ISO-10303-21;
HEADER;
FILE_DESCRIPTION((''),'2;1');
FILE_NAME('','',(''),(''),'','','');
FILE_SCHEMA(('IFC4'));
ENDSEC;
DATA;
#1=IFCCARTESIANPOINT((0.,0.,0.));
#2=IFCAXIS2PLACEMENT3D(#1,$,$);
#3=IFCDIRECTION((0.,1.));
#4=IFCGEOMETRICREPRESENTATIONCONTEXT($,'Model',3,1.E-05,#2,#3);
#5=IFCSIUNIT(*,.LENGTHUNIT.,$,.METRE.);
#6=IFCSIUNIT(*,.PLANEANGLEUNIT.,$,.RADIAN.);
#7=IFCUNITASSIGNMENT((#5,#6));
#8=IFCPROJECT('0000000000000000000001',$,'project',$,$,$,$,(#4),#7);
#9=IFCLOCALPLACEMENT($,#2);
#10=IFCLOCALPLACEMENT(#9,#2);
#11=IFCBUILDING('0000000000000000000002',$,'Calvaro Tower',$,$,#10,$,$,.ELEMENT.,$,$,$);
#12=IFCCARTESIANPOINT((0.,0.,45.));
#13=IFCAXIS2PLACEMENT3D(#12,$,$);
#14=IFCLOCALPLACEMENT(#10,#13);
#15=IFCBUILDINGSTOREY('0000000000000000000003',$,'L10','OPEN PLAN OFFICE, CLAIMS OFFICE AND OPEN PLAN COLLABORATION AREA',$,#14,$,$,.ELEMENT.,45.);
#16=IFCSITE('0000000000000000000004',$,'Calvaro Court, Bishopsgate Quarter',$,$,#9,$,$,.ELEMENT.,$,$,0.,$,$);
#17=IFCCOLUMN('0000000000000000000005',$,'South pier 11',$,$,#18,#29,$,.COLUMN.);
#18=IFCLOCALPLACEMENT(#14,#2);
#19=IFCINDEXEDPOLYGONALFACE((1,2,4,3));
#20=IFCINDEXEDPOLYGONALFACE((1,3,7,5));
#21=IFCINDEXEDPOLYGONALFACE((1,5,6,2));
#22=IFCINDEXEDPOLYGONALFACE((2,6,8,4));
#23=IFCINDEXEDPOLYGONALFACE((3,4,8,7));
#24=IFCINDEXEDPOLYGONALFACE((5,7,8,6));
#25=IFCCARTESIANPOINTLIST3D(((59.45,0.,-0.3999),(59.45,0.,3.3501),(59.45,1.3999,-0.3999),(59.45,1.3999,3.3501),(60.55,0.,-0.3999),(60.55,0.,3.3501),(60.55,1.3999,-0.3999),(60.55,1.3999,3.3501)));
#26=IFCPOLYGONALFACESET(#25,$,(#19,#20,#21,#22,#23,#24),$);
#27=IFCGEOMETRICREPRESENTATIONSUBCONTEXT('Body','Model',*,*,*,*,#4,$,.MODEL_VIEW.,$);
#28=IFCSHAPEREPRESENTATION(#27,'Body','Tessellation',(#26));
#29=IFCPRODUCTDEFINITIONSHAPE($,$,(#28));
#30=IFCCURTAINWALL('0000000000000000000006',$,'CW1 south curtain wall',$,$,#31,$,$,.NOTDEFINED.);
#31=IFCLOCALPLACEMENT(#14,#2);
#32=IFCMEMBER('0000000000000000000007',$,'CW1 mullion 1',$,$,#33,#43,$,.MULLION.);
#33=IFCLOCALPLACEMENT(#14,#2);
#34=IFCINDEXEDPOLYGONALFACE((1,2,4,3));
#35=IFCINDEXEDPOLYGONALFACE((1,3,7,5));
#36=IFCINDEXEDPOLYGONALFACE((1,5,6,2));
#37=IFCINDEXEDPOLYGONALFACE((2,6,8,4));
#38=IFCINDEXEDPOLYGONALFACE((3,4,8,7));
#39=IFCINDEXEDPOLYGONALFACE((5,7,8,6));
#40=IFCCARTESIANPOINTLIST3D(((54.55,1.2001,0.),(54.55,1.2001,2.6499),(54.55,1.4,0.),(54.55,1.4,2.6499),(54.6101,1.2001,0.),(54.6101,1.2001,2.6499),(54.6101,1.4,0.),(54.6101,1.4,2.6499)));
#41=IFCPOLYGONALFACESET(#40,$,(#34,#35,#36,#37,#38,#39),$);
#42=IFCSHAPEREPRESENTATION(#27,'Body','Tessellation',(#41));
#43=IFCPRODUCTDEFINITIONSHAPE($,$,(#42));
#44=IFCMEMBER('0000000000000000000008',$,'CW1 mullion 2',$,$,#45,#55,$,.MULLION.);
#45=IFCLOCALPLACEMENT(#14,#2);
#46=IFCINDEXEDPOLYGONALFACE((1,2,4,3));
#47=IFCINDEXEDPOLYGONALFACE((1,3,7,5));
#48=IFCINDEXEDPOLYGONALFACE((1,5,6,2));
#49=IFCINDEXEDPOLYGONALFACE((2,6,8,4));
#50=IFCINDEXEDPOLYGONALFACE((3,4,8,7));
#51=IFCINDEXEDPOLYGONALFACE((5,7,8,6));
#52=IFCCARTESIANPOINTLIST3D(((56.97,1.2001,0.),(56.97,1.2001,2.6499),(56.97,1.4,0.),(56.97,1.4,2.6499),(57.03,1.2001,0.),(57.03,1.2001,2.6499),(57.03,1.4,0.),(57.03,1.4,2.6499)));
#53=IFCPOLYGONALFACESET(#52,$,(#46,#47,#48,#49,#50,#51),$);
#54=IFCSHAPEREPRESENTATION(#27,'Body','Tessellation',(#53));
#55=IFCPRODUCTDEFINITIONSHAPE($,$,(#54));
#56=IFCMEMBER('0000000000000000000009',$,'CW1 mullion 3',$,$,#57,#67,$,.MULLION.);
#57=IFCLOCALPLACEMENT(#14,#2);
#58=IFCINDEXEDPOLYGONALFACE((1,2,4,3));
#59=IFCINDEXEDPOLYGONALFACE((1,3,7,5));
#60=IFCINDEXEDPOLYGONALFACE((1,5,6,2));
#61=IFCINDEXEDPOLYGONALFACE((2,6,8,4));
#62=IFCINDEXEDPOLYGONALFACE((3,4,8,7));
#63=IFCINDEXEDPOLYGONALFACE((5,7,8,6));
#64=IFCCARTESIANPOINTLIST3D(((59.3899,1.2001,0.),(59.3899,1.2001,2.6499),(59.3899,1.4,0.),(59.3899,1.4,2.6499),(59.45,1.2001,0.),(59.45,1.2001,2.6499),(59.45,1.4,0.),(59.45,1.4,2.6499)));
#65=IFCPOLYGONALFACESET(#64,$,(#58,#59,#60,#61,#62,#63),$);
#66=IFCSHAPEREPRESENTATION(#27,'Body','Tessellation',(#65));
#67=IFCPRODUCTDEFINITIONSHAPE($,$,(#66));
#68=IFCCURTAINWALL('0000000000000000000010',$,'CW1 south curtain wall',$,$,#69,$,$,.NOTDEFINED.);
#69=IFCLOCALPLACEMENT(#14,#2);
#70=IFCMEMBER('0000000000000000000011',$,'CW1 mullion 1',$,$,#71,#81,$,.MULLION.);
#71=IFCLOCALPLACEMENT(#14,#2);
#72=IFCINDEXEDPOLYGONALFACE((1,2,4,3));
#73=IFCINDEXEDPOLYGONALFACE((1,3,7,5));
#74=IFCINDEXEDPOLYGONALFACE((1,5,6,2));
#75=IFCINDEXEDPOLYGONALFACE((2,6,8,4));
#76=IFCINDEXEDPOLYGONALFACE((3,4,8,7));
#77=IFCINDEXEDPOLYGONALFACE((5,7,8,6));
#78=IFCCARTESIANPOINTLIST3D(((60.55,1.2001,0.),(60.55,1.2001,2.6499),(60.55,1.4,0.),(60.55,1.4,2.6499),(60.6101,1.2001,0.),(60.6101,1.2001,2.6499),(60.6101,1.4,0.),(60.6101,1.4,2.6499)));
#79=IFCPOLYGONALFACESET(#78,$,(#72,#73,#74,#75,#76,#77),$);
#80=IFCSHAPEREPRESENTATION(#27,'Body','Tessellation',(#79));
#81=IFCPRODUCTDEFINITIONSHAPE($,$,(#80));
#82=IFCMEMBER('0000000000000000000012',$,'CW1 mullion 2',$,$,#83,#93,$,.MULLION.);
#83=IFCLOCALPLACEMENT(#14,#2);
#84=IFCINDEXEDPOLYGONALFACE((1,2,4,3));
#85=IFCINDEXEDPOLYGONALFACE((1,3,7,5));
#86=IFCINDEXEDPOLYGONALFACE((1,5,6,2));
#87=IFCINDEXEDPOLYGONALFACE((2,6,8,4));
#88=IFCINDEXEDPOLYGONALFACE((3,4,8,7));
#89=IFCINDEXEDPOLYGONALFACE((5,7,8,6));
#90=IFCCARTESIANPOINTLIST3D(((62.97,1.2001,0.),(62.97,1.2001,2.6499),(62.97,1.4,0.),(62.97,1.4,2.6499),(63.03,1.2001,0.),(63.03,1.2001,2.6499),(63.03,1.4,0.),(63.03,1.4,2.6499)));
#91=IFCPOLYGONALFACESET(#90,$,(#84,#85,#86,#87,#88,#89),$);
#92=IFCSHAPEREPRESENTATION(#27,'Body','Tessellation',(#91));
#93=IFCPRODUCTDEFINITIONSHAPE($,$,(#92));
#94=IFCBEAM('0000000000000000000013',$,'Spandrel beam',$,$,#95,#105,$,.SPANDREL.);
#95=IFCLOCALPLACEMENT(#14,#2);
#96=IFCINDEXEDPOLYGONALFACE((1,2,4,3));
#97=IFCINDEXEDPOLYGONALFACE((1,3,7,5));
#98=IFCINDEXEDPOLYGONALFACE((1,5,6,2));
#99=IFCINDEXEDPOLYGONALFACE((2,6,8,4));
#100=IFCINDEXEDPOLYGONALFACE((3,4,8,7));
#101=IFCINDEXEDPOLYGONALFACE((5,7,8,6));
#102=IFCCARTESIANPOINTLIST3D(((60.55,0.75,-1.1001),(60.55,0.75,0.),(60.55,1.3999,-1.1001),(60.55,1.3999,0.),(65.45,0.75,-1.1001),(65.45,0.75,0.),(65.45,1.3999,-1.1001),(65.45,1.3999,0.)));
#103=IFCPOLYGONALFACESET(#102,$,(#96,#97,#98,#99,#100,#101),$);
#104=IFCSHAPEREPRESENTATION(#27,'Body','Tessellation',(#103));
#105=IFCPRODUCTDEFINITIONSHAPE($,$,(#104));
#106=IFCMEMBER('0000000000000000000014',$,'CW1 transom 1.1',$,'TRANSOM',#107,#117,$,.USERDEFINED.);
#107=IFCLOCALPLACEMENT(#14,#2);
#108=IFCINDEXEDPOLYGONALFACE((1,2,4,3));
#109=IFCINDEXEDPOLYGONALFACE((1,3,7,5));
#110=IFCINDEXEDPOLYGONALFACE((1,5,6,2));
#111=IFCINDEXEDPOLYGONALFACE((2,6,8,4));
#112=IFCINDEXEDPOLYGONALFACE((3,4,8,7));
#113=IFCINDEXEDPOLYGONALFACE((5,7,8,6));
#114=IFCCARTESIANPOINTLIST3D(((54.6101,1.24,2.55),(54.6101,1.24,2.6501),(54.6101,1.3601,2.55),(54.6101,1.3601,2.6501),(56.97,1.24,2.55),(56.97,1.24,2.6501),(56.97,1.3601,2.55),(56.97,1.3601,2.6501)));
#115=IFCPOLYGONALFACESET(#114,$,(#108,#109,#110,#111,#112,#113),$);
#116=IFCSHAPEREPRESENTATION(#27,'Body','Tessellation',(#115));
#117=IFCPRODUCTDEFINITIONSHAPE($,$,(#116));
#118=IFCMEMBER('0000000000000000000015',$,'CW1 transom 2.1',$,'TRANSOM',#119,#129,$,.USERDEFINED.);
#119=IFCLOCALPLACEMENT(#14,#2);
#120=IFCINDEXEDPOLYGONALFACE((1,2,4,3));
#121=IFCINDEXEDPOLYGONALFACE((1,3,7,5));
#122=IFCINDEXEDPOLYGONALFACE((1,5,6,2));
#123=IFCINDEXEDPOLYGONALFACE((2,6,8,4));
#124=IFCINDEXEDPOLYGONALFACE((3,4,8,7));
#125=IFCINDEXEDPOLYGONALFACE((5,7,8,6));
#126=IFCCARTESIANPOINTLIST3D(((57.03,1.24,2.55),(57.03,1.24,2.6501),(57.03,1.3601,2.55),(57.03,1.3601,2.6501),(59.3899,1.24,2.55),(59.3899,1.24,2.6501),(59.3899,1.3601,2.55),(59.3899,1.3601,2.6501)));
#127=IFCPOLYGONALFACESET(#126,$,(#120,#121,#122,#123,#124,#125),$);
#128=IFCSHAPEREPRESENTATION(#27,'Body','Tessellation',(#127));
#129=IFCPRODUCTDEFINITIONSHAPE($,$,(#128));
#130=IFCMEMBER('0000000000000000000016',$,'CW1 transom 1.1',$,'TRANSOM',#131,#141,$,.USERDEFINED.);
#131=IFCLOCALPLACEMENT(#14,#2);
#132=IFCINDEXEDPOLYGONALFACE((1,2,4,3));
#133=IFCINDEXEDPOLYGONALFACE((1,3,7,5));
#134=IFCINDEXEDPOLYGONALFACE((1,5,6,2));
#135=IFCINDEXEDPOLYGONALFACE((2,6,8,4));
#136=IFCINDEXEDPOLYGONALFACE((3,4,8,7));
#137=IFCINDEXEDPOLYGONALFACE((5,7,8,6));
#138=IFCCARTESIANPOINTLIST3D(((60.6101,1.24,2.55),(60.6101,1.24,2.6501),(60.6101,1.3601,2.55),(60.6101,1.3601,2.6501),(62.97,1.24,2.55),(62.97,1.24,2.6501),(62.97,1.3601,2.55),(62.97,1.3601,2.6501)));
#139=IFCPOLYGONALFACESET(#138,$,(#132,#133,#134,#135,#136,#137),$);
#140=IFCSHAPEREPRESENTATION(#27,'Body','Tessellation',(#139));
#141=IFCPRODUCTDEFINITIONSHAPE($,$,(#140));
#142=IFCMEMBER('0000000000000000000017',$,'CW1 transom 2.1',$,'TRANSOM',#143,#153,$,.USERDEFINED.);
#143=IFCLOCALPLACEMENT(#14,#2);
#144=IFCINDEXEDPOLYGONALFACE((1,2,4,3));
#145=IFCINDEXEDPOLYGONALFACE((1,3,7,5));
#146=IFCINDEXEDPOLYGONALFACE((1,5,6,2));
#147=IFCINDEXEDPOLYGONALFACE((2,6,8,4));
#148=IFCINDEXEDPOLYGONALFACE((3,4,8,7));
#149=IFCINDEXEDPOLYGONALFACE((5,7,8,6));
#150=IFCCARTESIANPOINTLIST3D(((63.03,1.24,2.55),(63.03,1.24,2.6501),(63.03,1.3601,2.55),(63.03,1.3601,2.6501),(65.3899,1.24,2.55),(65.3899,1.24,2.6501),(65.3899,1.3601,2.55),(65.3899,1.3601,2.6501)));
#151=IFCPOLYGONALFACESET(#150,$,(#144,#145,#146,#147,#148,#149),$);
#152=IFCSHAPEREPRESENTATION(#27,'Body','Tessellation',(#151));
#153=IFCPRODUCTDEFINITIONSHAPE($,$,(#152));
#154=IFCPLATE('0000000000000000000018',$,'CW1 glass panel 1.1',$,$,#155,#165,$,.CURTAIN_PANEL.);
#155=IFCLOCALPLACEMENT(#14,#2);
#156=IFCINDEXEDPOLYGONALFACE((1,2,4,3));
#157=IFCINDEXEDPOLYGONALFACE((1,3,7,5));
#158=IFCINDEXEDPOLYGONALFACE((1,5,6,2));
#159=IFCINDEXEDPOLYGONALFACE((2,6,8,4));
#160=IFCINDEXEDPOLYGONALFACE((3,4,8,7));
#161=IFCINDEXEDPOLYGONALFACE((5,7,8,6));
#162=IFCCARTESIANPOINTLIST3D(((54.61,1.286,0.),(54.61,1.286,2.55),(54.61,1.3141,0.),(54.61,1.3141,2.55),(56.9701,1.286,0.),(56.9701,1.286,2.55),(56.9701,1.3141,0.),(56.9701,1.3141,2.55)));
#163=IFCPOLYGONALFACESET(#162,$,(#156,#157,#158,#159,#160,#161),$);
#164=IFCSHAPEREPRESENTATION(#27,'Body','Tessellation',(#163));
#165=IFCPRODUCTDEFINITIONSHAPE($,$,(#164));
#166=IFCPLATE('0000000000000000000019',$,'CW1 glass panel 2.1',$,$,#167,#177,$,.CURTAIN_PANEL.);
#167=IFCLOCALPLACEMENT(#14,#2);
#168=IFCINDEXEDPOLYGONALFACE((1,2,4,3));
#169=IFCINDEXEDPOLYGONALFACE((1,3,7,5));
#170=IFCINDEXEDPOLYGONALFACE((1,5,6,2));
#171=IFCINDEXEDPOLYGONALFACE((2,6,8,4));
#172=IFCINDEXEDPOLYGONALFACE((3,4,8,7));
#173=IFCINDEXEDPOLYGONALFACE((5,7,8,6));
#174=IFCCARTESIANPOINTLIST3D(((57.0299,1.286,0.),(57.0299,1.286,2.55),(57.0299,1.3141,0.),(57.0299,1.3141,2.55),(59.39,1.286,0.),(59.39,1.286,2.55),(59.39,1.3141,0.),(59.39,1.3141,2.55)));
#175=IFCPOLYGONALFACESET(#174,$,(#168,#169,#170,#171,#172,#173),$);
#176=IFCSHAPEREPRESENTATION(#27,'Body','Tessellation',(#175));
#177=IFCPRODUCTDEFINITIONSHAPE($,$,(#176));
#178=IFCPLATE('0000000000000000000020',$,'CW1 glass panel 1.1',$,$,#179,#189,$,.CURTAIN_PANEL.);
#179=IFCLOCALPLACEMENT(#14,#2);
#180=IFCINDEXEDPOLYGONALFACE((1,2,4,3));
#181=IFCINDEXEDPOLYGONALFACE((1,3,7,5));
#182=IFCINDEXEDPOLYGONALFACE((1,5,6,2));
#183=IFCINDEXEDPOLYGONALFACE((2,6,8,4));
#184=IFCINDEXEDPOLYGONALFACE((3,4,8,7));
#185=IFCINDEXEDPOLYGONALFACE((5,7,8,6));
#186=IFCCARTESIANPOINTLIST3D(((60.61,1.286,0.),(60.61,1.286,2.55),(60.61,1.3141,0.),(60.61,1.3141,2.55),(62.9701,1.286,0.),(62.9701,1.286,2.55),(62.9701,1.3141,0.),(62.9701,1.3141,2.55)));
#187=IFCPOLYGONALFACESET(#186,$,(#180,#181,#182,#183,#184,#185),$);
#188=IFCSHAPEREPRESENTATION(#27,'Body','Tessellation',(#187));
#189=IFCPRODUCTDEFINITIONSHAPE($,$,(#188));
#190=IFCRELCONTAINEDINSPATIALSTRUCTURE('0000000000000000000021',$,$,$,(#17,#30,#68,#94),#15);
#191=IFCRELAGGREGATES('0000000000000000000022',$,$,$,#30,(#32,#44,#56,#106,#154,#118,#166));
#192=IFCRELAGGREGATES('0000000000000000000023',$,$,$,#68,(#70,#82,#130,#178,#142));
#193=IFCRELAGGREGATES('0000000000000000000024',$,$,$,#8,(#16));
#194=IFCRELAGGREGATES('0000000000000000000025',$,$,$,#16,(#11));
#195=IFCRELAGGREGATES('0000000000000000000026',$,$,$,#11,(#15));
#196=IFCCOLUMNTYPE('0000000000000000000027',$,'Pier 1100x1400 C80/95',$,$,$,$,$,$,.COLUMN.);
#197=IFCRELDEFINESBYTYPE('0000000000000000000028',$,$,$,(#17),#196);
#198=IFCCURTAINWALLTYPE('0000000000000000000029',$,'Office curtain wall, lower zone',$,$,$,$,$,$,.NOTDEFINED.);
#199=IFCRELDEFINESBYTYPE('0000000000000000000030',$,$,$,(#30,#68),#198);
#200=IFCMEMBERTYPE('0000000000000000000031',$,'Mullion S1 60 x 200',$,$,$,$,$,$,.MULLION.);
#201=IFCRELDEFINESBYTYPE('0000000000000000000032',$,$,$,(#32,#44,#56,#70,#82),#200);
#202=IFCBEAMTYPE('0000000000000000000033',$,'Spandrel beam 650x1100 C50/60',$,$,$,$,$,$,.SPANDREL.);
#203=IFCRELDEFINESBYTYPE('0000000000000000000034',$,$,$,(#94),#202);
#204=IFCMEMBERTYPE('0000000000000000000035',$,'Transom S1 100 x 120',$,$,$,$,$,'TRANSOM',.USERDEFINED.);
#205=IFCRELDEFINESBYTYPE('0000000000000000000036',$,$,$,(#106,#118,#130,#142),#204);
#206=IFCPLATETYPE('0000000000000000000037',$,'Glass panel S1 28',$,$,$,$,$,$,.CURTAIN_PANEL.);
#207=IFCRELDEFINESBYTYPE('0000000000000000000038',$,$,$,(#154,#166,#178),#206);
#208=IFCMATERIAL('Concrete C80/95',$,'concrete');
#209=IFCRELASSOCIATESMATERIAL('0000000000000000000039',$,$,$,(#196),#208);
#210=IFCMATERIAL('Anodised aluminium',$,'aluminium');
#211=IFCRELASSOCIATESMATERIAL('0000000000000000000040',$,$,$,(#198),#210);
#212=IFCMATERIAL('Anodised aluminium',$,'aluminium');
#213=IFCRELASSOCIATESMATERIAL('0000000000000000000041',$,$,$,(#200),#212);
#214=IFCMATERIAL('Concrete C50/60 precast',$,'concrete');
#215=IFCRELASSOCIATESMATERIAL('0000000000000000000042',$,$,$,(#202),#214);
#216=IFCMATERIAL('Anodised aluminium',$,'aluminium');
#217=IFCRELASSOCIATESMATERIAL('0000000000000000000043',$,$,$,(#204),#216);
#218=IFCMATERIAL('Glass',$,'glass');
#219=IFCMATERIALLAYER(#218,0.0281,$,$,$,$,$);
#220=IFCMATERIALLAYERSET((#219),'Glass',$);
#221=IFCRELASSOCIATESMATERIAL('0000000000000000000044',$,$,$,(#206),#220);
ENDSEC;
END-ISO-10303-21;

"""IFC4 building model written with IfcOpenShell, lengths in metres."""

from ifc_helpers import new_model, si_unit, direction, frame, origin, origin_2d, place, context, subcontext, project, spatial, rectangle, extrude, material, layer, layer_set, material_profile, profile_set, type_object, element, aggregate, save


model = new_model("IFC4")

# Units and contexts
model_context = context("Model", 3, precision=1e-05, world=origin(), true_north=direction((0.0, 1.0)))
body_context = subcontext(model_context, "Body", "Model", "MODEL_VIEW")
ifc_project = project(units=[si_unit("LENGTHUNIT", "METRE"), si_unit("PLANEANGLEUNIT", "RADIAN")], contexts=[model_context])

# Site, building, storey
site_placement = place(None, origin())
site = spatial("IfcSite", under=ifc_project, at=site_placement, Name="Calvaro Court, Bishopsgate Quarter", CompositionType="ELEMENT", RefElevation=0.0)
building_placement = place(site_placement, origin())
building = spatial("IfcBuilding", under=site, at=building_placement, Name="Calvaro Tower", CompositionType="ELEMENT")
storey_placement = place(building_placement, frame((0.0, 0.0, 45.0)))
storey = spatial("IfcBuildingStorey", under=building, at=storey_placement, Name="L10", Description="OPEN PLAN OFFICE, CLAIMS OFFICE AND OPEN PLAN COLLABORATION AREA", CompositionType="ELEMENT", Elevation=45.0)

# Column
ifc_material_1 = material(Name="Concrete C80/95", Category="concrete")
ifc_material_profile_1 = material_profile(ifc_material_1, rectangle(XDim=1.1001, YDim=1.3999, at=origin_2d()), Name="RC 1100x1400")
ifc_profile_set_1 = profile_set([ifc_material_profile_1], Name="Concrete C80/95")
column_type = type_object("IfcColumnType", Name="Pier 1100x1400 C80/95", PredefinedType="COLUMN", material=ifc_profile_set_1)
column_placement = place(storey_placement, frame((60.0, 0.7, -0.3999), z_axis=(0.0, 0.0, 1.0), x_axis=(1.0, 0.0, 0.0)))
element("IfcColumn", 1, at=column_placement, inside=storey, type_object=column_type, Name="South pier 11", PredefinedType="COLUMN", context=body_context, shape_type="SweptSolid", body=[
    extrude(rectangle(XDim=1.1001, YDim=1.3999, at=origin_2d()), origin(), (0.0, 0.0, 1.0), 3.75),
])

# Curtain walls, members
ifc_material_2 = material(Name="Anodised aluminium", Category="aluminium")
curtain_wall_type = type_object("IfcCurtainWallType", Name="Office curtain wall, lower zone", PredefinedType="NOTDEFINED", material=ifc_material_2)
curtain_wall_1_placement = place(storey_placement, origin())
curtain_wall_1 = element("IfcCurtainWall", 2, at=curtain_wall_1_placement, inside=storey, type_object=curtain_wall_type, Name="CW1 south curtain wall", PredefinedType="NOTDEFINED")
ifc_material_3 = material(Name="Anodised aluminium", Category="aluminium")
ifc_material_profile_2 = material_profile(ifc_material_3, rectangle(XDim=0.2, YDim=0.0601, at=origin_2d()), Name="Mullion S1 60 x 200")
ifc_profile_set_2 = profile_set([ifc_material_profile_2], Name="Anodised aluminium")
member_type_1 = type_object("IfcMemberType", Name="Mullion S1 60 x 200", PredefinedType="MULLION", material=ifc_profile_set_2)
member_1_placement = place(storey_placement, frame((54.5801, 1.3, 0.0), z_axis=(0.0, 0.0, 1.0), x_axis=(0.0, 1.0, 0.0)))
member_1 = element("IfcMember", 3, at=member_1_placement, type_object=member_type_1, Name="CW1 mullion 1", PredefinedType="MULLION", context=body_context, shape_type="SweptSolid", body=[
    extrude(rectangle(XDim=0.2, YDim=0.0601, at=origin_2d()), origin(), (0.0, 0.0, 1.0), 2.6499),
])
member_2_placement = place(storey_placement, frame((57.0, 1.3, 0.0), z_axis=(0.0, 0.0, 1.0), x_axis=(0.0, 1.0, 0.0)))
member_2 = element("IfcMember", 4, at=member_2_placement, type_object=member_type_1, Name="CW1 mullion 2", PredefinedType="MULLION", context=body_context, shape_type="SweptSolid", body=[
    extrude(rectangle(XDim=0.2, YDim=0.0601, at=origin_2d()), origin(), (0.0, 0.0, 1.0), 2.6499),
])
member_3_placement = place(storey_placement, frame((59.4199, 1.3, 0.0), z_axis=(0.0, 0.0, 1.0), x_axis=(0.0, 1.0, 0.0)))
member_3 = element("IfcMember", 5, at=member_3_placement, type_object=member_type_1, Name="CW1 mullion 3", PredefinedType="MULLION", context=body_context, shape_type="SweptSolid", body=[
    extrude(rectangle(XDim=0.2, YDim=0.0601, at=origin_2d()), origin(), (0.0, 0.0, 1.0), 2.6499),
])
curtain_wall_2_placement = place(storey_placement, origin())
curtain_wall_2 = element("IfcCurtainWall", 6, at=curtain_wall_2_placement, inside=storey, type_object=curtain_wall_type, Name="CW1 south curtain wall", PredefinedType="NOTDEFINED")
member_4_placement = place(storey_placement, frame((60.5801, 1.3, 0.0), z_axis=(0.0, 0.0, 1.0), x_axis=(0.0, 1.0, 0.0)))
member_4 = element("IfcMember", 7, at=member_4_placement, type_object=member_type_1, Name="CW1 mullion 1", PredefinedType="MULLION", context=body_context, shape_type="SweptSolid", body=[
    extrude(rectangle(XDim=0.2, YDim=0.0601, at=origin_2d()), origin(), (0.0, 0.0, 1.0), 2.6499),
])
member_5_placement = place(storey_placement, frame((63.0, 1.3, 0.0), z_axis=(0.0, 0.0, 1.0), x_axis=(0.0, 1.0, 0.0)))
member_5 = element("IfcMember", 8, at=member_5_placement, type_object=member_type_1, Name="CW1 mullion 2", PredefinedType="MULLION", context=body_context, shape_type="SweptSolid", body=[
    extrude(rectangle(XDim=0.2, YDim=0.0601, at=origin_2d()), origin(), (0.0, 0.0, 1.0), 2.6499),
])

# Beam
ifc_material_4 = material(Name="Concrete C50/60 precast", Category="concrete")
ifc_material_profile_3 = material_profile(ifc_material_4, rectangle(XDim=0.6499, YDim=1.1001, at=origin_2d()), Name="RC 650x1100")
ifc_profile_set_3 = profile_set([ifc_material_profile_3], Name="Concrete C50/60 precast")
beam_type = type_object("IfcBeamType", Name="Spandrel beam 650x1100 C50/60", PredefinedType="SPANDREL", material=ifc_profile_set_3)
beam_placement = place(storey_placement, frame((60.55, 1.075, -0.55), z_axis=(1.0, 0.0, 0.0), x_axis=(0.0, 1.0, 0.0)))
element("IfcBeam", 9, at=beam_placement, inside=storey, type_object=beam_type, Name="Spandrel beam", PredefinedType="SPANDREL", context=body_context, shape_type="SweptSolid", body=[
    extrude(rectangle(XDim=0.6499, YDim=1.1001, at=origin_2d()), origin(), (0.0, 0.0, 1.0), 4.8999),
])

# Members
ifc_material_5 = material(Name="Anodised aluminium", Category="aluminium")
ifc_material_profile_4 = material_profile(ifc_material_5, rectangle(XDim=0.1201, YDim=0.1001, at=origin_2d()), Name="Transom S1 100 x 120")
ifc_profile_set_4 = profile_set([ifc_material_profile_4], Name="Anodised aluminium")
member_type_2 = type_object("IfcMemberType", Name="Transom S1 100 x 120", ElementType="TRANSOM", PredefinedType="USERDEFINED", material=ifc_profile_set_4)
member_6_placement = place(storey_placement, frame((54.6101, 1.3, 2.6001), z_axis=(1.0, 0.0, 0.0), x_axis=(0.0, 1.0, 0.0)))
member_6 = element("IfcMember", 10, at=member_6_placement, type_object=member_type_2, Name="CW1 transom 1.1", ObjectType="TRANSOM", PredefinedType="USERDEFINED", context=body_context, shape_type="SweptSolid", body=[
    extrude(rectangle(XDim=0.1201, YDim=0.1001, at=origin_2d()), origin(), (0.0, 0.0, 1.0), 2.3599),
])
member_7_placement = place(storey_placement, frame((57.03, 1.3, 2.6001), z_axis=(1.0, 0.0, 0.0), x_axis=(0.0, 1.0, 0.0)))
member_7 = element("IfcMember", 11, at=member_7_placement, type_object=member_type_2, Name="CW1 transom 2.1", ObjectType="TRANSOM", PredefinedType="USERDEFINED", context=body_context, shape_type="SweptSolid", body=[
    extrude(rectangle(XDim=0.1201, YDim=0.1001, at=origin_2d()), origin(), (0.0, 0.0, 1.0), 2.3599),
])
member_8_placement = place(storey_placement, frame((60.6101, 1.3, 2.6001), z_axis=(1.0, 0.0, 0.0), x_axis=(0.0, 1.0, 0.0)))
member_8 = element("IfcMember", 12, at=member_8_placement, type_object=member_type_2, Name="CW1 transom 1.1", ObjectType="TRANSOM", PredefinedType="USERDEFINED", context=body_context, shape_type="SweptSolid", body=[
    extrude(rectangle(XDim=0.1201, YDim=0.1001, at=origin_2d()), origin(), (0.0, 0.0, 1.0), 2.3599),
])
member_9_placement = place(storey_placement, frame((63.03, 1.3, 2.6001), z_axis=(1.0, 0.0, 0.0), x_axis=(0.0, 1.0, 0.0)))
member_9 = element("IfcMember", 13, at=member_9_placement, type_object=member_type_2, Name="CW1 transom 2.1", ObjectType="TRANSOM", PredefinedType="USERDEFINED", context=body_context, shape_type="SweptSolid", body=[
    extrude(rectangle(XDim=0.1201, YDim=0.1001, at=origin_2d()), origin(), (0.0, 0.0, 1.0), 2.3599),
])

# Plates
ifc_material_6 = material(Name="Glass", Category="glass")
ifc_layer_1 = layer(ifc_material_6, 0.0281)
ifc_layer_set_1 = layer_set([ifc_layer_1], Name="Glass")
plate_type = type_object("IfcPlateType", Name="Glass panel S1 28", PredefinedType="CURTAIN_PANEL", material=ifc_layer_set_1)
plate_1_placement = place(storey_placement, frame((55.79, 1.3, 0.0), z_axis=(0.0, 0.0, 1.0), x_axis=(1.0, 0.0, 0.0)))
plate_1 = element("IfcPlate", 14, at=plate_1_placement, type_object=plate_type, Name="CW1 glass panel 1.1", PredefinedType="CURTAIN_PANEL", context=body_context, shape_type="SweptSolid", body=[
    extrude(rectangle(XDim=2.3601, YDim=0.0281, at=origin_2d()), origin(), (0.0, 0.0, 1.0), 2.55),
])
plate_2_placement = place(storey_placement, frame((58.21, 1.3, 0.0), z_axis=(0.0, 0.0, 1.0), x_axis=(1.0, 0.0, 0.0)))
plate_2 = element("IfcPlate", 15, at=plate_2_placement, type_object=plate_type, Name="CW1 glass panel 2.1", PredefinedType="CURTAIN_PANEL", context=body_context, shape_type="SweptSolid", body=[
    extrude(rectangle(XDim=2.3601, YDim=0.0281, at=origin_2d()), origin(), (0.0, 0.0, 1.0), 2.55),
])
aggregate(curtain_wall_1, [member_1, member_2, member_3, member_6, plate_1, member_7, plate_2])
plate_3_placement = place(storey_placement, frame((61.79, 1.3, 0.0), z_axis=(0.0, 0.0, 1.0), x_axis=(1.0, 0.0, 0.0)))
plate_3 = element("IfcPlate", 16, at=plate_3_placement, type_object=plate_type, Name="CW1 glass panel 1.1", PredefinedType="CURTAIN_PANEL", context=body_context, shape_type="SweptSolid", body=[
    extrude(rectangle(XDim=2.3601, YDim=0.0281, at=origin_2d()), origin(), (0.0, 0.0, 1.0), 2.55),
])
aggregate(curtain_wall_2, [member_4, member_5, member_8, plate_3, member_9])

save(model, "model.ifc")
